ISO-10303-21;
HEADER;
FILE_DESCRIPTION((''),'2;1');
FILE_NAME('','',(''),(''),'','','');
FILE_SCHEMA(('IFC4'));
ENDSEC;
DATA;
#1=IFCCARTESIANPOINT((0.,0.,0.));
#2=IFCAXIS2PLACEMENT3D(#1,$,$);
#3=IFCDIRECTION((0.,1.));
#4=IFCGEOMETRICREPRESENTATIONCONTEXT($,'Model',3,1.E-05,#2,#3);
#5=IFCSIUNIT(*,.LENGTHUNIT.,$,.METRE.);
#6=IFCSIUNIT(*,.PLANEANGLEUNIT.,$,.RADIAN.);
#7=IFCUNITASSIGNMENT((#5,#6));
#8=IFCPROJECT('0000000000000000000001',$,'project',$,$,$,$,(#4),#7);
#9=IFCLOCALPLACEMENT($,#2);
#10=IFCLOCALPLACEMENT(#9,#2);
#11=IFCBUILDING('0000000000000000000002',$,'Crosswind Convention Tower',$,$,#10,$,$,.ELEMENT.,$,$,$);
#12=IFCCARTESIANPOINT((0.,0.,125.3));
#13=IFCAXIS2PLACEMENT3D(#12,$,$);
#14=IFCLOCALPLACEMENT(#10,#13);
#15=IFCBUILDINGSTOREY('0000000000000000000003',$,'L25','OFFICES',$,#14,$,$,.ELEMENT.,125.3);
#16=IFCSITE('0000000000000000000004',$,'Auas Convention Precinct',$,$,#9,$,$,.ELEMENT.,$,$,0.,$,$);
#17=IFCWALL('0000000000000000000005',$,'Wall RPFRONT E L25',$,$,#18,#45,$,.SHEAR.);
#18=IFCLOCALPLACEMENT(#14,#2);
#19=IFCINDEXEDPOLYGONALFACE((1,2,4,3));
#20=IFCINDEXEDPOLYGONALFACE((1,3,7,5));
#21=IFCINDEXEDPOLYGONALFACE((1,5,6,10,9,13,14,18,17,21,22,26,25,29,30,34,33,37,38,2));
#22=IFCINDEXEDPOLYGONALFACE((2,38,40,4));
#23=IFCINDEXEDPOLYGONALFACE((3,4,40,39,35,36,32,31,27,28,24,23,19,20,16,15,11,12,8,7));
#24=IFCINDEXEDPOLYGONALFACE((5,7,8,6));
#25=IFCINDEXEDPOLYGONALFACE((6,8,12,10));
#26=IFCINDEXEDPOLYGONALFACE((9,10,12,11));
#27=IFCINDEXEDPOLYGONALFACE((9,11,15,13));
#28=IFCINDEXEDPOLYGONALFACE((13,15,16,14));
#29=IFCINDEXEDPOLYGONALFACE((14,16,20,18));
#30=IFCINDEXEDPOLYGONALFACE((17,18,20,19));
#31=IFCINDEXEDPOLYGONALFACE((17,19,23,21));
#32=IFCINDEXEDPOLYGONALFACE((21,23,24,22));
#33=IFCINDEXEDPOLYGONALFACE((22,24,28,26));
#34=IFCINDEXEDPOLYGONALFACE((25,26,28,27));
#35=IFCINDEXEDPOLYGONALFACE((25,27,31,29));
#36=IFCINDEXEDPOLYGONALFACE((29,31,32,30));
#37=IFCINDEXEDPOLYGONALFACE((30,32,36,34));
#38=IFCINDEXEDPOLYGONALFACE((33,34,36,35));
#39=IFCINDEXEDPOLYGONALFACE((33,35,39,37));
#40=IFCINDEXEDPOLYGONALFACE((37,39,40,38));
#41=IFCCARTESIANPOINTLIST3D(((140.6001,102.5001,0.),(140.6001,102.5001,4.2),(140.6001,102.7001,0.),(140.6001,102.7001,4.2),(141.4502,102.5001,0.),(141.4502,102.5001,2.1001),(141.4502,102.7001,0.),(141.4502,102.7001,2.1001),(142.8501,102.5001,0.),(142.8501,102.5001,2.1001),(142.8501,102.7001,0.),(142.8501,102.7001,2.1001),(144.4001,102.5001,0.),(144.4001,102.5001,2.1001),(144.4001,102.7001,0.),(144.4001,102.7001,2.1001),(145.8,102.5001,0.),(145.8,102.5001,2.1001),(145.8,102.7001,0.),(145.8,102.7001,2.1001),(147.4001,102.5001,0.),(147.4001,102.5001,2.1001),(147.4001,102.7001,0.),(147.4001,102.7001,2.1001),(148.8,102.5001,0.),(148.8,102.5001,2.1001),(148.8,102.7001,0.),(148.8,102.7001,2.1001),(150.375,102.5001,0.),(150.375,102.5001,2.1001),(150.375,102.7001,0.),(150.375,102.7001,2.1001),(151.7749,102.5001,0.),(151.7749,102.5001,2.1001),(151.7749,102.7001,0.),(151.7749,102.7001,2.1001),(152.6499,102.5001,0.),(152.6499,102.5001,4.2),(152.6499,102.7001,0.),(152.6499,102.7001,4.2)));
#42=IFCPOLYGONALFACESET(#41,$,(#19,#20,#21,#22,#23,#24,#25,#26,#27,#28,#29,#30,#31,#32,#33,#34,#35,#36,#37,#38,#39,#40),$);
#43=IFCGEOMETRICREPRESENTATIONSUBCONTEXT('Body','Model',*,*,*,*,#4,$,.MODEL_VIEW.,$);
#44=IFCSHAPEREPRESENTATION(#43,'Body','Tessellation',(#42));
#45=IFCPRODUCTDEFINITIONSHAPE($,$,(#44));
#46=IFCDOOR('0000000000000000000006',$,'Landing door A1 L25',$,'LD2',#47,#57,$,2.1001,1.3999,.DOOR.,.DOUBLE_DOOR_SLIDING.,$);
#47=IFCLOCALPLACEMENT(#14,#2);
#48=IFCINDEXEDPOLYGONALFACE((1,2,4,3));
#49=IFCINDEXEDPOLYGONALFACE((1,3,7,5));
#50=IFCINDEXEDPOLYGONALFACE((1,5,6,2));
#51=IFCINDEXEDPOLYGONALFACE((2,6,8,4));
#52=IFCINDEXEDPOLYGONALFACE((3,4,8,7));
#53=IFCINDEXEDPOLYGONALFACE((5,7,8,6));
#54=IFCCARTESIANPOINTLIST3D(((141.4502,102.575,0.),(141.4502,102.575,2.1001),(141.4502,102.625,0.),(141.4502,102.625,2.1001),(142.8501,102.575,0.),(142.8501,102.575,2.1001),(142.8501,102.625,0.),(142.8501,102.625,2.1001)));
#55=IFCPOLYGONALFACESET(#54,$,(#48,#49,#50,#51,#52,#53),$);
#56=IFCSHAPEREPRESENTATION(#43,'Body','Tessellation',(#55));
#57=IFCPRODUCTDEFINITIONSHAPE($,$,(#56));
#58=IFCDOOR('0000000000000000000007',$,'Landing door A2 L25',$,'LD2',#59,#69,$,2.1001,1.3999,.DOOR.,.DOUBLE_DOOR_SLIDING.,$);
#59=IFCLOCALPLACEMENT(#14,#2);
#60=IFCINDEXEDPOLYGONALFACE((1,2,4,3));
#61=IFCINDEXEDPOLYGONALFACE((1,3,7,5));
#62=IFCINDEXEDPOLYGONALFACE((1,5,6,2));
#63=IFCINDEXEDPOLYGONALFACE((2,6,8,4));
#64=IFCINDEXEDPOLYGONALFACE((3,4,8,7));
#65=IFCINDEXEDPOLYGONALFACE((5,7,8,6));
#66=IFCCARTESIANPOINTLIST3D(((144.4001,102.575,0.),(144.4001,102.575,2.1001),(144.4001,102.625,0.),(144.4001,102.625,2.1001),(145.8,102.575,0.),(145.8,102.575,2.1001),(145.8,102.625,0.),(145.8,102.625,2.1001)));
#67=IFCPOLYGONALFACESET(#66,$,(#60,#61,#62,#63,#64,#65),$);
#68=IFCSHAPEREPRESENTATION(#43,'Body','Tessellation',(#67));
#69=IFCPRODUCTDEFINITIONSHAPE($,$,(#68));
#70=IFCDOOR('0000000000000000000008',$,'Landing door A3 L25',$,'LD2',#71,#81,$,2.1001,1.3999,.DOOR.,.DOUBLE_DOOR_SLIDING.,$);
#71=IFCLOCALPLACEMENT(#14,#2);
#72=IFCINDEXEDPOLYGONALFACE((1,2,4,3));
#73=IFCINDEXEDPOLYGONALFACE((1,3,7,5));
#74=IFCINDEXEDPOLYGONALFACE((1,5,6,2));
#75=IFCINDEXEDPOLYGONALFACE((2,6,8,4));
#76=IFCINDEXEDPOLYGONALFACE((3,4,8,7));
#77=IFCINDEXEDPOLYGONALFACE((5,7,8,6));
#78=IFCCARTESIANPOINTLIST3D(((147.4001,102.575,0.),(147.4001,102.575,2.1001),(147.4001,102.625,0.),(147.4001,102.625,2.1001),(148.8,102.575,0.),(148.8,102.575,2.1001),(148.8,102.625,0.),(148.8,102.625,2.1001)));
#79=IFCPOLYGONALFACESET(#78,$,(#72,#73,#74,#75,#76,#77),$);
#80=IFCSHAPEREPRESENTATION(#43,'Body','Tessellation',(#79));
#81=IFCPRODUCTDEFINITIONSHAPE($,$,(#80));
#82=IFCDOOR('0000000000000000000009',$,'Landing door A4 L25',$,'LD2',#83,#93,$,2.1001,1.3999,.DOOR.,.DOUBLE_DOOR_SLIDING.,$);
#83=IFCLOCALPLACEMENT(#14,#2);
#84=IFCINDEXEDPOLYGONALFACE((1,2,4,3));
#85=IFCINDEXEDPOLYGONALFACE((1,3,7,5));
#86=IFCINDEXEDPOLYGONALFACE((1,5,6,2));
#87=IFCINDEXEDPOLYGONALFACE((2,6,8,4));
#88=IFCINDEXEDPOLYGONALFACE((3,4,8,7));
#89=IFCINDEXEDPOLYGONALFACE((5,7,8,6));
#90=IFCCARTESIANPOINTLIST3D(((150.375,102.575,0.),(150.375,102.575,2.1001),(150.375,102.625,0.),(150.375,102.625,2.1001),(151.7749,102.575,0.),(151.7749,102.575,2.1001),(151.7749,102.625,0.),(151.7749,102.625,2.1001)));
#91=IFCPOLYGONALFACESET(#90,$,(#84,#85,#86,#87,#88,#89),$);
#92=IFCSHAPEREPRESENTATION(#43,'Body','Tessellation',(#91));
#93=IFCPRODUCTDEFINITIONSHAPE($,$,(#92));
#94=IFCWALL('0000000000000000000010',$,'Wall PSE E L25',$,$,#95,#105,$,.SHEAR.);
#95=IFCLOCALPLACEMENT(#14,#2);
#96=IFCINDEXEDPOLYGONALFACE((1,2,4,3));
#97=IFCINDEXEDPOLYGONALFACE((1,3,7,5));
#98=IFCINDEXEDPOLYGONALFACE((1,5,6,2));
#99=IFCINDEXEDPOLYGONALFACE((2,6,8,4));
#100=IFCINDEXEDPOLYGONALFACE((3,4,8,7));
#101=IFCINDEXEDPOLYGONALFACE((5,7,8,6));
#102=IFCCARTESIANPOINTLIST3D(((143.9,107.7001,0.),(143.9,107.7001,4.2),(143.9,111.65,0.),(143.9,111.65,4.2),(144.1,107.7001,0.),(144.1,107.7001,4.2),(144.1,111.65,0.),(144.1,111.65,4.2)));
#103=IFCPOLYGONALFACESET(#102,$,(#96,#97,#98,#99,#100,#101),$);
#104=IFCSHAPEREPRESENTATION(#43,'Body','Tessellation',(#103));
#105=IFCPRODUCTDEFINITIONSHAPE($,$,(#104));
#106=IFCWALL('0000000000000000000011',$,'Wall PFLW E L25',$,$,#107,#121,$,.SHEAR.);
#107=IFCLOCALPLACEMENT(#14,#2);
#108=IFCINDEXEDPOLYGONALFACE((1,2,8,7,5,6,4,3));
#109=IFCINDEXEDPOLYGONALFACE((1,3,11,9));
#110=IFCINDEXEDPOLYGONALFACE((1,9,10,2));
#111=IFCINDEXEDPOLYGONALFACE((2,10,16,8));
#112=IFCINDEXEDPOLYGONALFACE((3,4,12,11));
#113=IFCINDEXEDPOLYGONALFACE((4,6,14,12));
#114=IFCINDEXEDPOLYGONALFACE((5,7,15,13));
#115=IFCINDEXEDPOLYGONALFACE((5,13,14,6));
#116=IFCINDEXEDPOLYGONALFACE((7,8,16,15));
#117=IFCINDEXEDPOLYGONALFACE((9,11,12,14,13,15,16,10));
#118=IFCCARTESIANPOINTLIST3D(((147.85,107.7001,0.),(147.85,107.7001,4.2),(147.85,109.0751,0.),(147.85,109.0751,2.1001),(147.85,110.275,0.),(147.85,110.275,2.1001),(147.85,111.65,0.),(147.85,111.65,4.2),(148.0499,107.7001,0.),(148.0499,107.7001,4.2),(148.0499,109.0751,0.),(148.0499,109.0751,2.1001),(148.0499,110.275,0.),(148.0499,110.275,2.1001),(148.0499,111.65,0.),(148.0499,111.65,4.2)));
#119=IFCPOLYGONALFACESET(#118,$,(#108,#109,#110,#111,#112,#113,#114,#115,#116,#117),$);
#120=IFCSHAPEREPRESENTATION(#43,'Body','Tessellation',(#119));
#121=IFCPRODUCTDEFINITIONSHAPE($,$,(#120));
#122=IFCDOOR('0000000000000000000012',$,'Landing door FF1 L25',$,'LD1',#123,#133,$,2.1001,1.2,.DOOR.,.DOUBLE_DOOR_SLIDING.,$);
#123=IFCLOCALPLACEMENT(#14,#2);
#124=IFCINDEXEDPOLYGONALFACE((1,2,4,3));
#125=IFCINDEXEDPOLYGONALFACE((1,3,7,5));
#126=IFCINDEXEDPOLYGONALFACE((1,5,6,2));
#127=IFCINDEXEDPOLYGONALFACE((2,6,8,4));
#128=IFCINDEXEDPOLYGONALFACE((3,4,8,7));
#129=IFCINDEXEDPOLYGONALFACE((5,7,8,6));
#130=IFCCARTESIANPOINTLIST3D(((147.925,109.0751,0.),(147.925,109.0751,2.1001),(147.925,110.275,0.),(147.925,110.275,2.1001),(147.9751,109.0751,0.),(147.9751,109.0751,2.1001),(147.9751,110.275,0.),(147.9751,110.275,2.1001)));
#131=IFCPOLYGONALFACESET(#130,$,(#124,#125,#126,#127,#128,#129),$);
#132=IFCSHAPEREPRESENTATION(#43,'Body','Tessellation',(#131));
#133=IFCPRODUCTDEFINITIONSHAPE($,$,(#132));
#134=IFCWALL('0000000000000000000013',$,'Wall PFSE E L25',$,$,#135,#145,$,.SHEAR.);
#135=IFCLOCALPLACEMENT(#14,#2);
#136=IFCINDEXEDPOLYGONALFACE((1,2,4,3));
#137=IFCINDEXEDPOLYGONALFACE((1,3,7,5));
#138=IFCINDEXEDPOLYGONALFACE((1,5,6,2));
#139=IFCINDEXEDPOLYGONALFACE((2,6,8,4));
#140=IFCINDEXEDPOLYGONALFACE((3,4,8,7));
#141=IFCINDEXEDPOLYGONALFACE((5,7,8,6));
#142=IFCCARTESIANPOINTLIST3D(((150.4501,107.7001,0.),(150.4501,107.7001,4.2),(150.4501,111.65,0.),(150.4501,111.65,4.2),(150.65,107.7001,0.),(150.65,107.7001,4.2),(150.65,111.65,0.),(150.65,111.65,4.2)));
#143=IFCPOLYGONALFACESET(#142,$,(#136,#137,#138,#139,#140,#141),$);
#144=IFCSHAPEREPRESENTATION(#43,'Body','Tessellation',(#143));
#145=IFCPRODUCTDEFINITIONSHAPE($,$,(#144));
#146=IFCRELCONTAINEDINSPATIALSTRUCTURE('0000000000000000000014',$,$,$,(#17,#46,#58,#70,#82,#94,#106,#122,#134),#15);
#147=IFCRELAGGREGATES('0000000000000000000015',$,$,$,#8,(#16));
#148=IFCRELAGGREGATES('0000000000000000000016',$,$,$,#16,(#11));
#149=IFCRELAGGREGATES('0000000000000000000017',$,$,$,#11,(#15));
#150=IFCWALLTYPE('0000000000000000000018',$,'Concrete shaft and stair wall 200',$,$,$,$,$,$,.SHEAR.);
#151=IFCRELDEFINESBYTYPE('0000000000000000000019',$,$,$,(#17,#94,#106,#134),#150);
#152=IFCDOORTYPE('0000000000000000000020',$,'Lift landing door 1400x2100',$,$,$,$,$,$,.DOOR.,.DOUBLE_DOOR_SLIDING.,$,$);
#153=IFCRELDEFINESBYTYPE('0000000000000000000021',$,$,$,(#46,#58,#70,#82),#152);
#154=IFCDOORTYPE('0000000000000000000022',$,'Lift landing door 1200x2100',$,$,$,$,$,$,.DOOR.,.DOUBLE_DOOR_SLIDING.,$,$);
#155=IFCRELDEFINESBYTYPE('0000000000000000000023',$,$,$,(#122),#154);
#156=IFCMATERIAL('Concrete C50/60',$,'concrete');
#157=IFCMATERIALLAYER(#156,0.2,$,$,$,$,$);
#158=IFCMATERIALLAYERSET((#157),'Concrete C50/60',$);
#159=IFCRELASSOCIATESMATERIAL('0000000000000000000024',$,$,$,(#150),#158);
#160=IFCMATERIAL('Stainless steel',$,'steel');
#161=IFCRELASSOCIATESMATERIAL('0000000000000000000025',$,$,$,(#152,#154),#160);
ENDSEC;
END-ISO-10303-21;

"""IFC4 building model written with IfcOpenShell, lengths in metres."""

from ifc_helpers import new_model, si_unit, direction, frame, frame_2d, origin, place, context, subcontext, project, spatial, rectangle, extrude, material, layer, layer_set, type_object, element, fill, save


model = new_model("IFC4")

# Units and contexts
model_context = context("Model", 3, precision=1e-05, world=origin(), true_north=direction((0.0, 1.0)))
body_context = subcontext(model_context, "Body", "Model", "MODEL_VIEW")
ifc_project = project(units=[si_unit("LENGTHUNIT", "METRE"), si_unit("PLANEANGLEUNIT", "RADIAN")], contexts=[model_context])

# Site, building, storey
site_placement = place(None, origin())
site = spatial("IfcSite", under=ifc_project, at=site_placement, Name="Auas Convention Precinct", CompositionType="ELEMENT", RefElevation=0.0)
building_placement = place(site_placement, origin())
building = spatial("IfcBuilding", under=site, at=building_placement, Name="Crosswind Convention Tower", CompositionType="ELEMENT")
storey_placement = place(building_placement, frame((0.0, 0.0, 125.3)))
storey = spatial("IfcBuildingStorey", under=building, at=storey_placement, Name="L25", Description="OFFICES", CompositionType="ELEMENT", Elevation=125.3)

# Shared definitions
ifc_material_1 = material(Name="Concrete C50/60", Category="concrete")
ifc_layer_1 = layer(ifc_material_1, 0.2)
ifc_layer_set_1 = layer_set([ifc_layer_1], Name="Concrete C50/60")
wall_type_1 = type_object("IfcWallType", Name="Concrete shaft and stair wall 200", PredefinedType="SHEAR", material=ifc_layer_set_1)

# Wall, openings, doors
wall_1_placement = place(storey_placement, frame((140.6001, 102.6001, 0.0), z_axis=(0.0, 0.0, 1.0), x_axis=(1.0, 0.0, 0.0)))
wall_1 = element("IfcWall", 1, at=wall_1_placement, inside=storey, type_object=wall_type_1, Name="Wall RPFRONT E L25", PredefinedType="SHEAR", context=body_context, shape_type="SweptSolid", body=[
    extrude(rectangle(XDim=12.0498, YDim=0.2, at=frame_2d((6.0249, 0.0))), origin(), (0.0, 0.0, 1.0), 4.2),
])
opening_1_placement = place(wall_1_placement, frame((0.8501, 0.0, 0.0)))
opening_1 = element("IfcOpeningElement", 2, at=opening_1_placement, cuts=wall_1, PredefinedType="OPENING", context=body_context, shape_type="SweptSolid", body=[
    extrude(rectangle(XDim=1.3999, YDim=2.1001, at=frame_2d((0.7, 1.05))), frame((0.0, 0.1099, 0.0), z_axis=(0.0, -1.0, 0.0), x_axis=(1.0, 0.0, 0.0)), (0.0, 0.0, 1.0), 0.22),
])
opening_2_placement = place(wall_1_placement, frame((3.8, 0.0, 0.0)))
opening_2 = element("IfcOpeningElement", 3, at=opening_2_placement, cuts=wall_1, PredefinedType="OPENING", context=body_context, shape_type="SweptSolid", body=[
    extrude(rectangle(XDim=1.3999, YDim=2.1001, at=frame_2d((0.7, 1.05))), frame((0.0, 0.1099, 0.0), z_axis=(0.0, -1.0, 0.0), x_axis=(1.0, 0.0, 0.0)), (0.0, 0.0, 1.0), 0.22),
])
opening_3_placement = place(wall_1_placement, frame((6.8, 0.0, 0.0)))
opening_3 = element("IfcOpeningElement", 4, at=opening_3_placement, cuts=wall_1, PredefinedType="OPENING", context=body_context, shape_type="SweptSolid", body=[
    extrude(rectangle(XDim=1.3999, YDim=2.1001, at=frame_2d((0.7, 1.05))), frame((0.0, 0.1099, 0.0), z_axis=(0.0, -1.0, 0.0), x_axis=(1.0, 0.0, 0.0)), (0.0, 0.0, 1.0), 0.22),
])
opening_4_placement = place(wall_1_placement, frame((9.7749, 0.0, 0.0)))
opening_4 = element("IfcOpeningElement", 5, at=opening_4_placement, cuts=wall_1, PredefinedType="OPENING", context=body_context, shape_type="SweptSolid", body=[
    extrude(rectangle(XDim=1.3999, YDim=2.1001, at=frame_2d((0.7, 1.05))), frame((0.0, 0.1099, 0.0), z_axis=(0.0, -1.0, 0.0), x_axis=(1.0, 0.0, 0.0)), (0.0, 0.0, 1.0), 0.22),
])
ifc_material_2 = material(Name="Stainless steel", Category="steel")
door_type_1 = type_object("IfcDoorType", Name="Lift landing door 1400x2100", OperationType="DOUBLE_DOOR_SLIDING", PredefinedType="DOOR", material=ifc_material_2)
door_1_placement = place(opening_1_placement, origin())
door_1 = element("IfcDoor", 6, at=door_1_placement, inside=storey, type_object=door_type_1, Name="Landing door A1 L25", ObjectType="LD2", OperationType="DOUBLE_DOOR_SLIDING", OverallHeight=2.1001, OverallWidth=1.3999, PredefinedType="DOOR", context=body_context, shape_type="SweptSolid", body=[
    extrude(rectangle(XDim=1.3999, YDim=2.1001, at=frame_2d((0.7, 1.05))), frame((0.0, 0.0249, 0.0), z_axis=(0.0, -1.0, 0.0), x_axis=(1.0, 0.0, 0.0)), (0.0, 0.0, 1.0), 0.05),
])
fill(opening_1, door_1)
door_2_placement = place(opening_2_placement, origin())
door_2 = element("IfcDoor", 7, at=door_2_placement, inside=storey, type_object=door_type_1, Name="Landing door A2 L25", ObjectType="LD2", OperationType="DOUBLE_DOOR_SLIDING", OverallHeight=2.1001, OverallWidth=1.3999, PredefinedType="DOOR", context=body_context, shape_type="SweptSolid", body=[
    extrude(rectangle(XDim=1.3999, YDim=2.1001, at=frame_2d((0.7, 1.05))), frame((0.0, 0.0249, 0.0), z_axis=(0.0, -1.0, 0.0), x_axis=(1.0, 0.0, 0.0)), (0.0, 0.0, 1.0), 0.05),
])
fill(opening_2, door_2)
door_3_placement = place(opening_3_placement, origin())
door_3 = element("IfcDoor", 8, at=door_3_placement, inside=storey, type_object=door_type_1, Name="Landing door A3 L25", ObjectType="LD2", OperationType="DOUBLE_DOOR_SLIDING", OverallHeight=2.1001, OverallWidth=1.3999, PredefinedType="DOOR", context=body_context, shape_type="SweptSolid", body=[
    extrude(rectangle(XDim=1.3999, YDim=2.1001, at=frame_2d((0.7, 1.05))), frame((0.0, 0.0249, 0.0), z_axis=(0.0, -1.0, 0.0), x_axis=(1.0, 0.0, 0.0)), (0.0, 0.0, 1.0), 0.05),
])
fill(opening_3, door_3)
door_4_placement = place(opening_4_placement, origin())
door_4 = element("IfcDoor", 9, at=door_4_placement, inside=storey, type_object=door_type_1, Name="Landing door A4 L25", ObjectType="LD2", OperationType="DOUBLE_DOOR_SLIDING", OverallHeight=2.1001, OverallWidth=1.3999, PredefinedType="DOOR", context=body_context, shape_type="SweptSolid", body=[
    extrude(rectangle(XDim=1.3999, YDim=2.1001, at=frame_2d((0.7, 1.05))), frame((0.0, 0.0249, 0.0), z_axis=(0.0, -1.0, 0.0), x_axis=(1.0, 0.0, 0.0)), (0.0, 0.0, 1.0), 0.05),
])
fill(opening_4, door_4)

# Wall
wall_2_placement = place(storey_placement, frame((144.0, 107.7, 0.0), z_axis=(0.0, 0.0, 1.0), x_axis=(0.0, 1.0, 0.0)))
element("IfcWall", 10, at=wall_2_placement, inside=storey, type_object=wall_type_1, Name="Wall PSE E L25", PredefinedType="SHEAR", context=body_context, shape_type="SweptSolid", body=[
    extrude(rectangle(XDim=3.95, YDim=0.2, at=frame_2d((1.9751, 0.0))), origin(), (0.0, 0.0, 1.0), 4.2),
])

# Wall, opening, door
wall_3_placement = place(storey_placement, frame((147.95, 107.7, 0.0), z_axis=(0.0, 0.0, 1.0), x_axis=(0.0, 1.0, 0.0)))
wall_3 = element("IfcWall", 11, at=wall_3_placement, inside=storey, type_object=wall_type_1, Name="Wall PFLW E L25", PredefinedType="SHEAR", context=body_context, shape_type="SweptSolid", body=[
    extrude(rectangle(XDim=3.95, YDim=0.2, at=frame_2d((1.9751, 0.0))), origin(), (0.0, 0.0, 1.0), 4.2),
])
opening_5_placement = place(wall_3_placement, frame((1.375, 0.0, 0.0)))
opening_5 = element("IfcOpeningElement", 12, at=opening_5_placement, cuts=wall_3, PredefinedType="OPENING", context=body_context, shape_type="SweptSolid", body=[
    extrude(rectangle(XDim=1.2, YDim=2.1001, at=frame_2d((0.6001, 1.05))), frame((0.0, 0.1099, 0.0), z_axis=(0.0, -1.0, 0.0), x_axis=(1.0, 0.0, 0.0)), (0.0, 0.0, 1.0), 0.22),
])
door_type_2 = type_object("IfcDoorType", Name="Lift landing door 1200x2100", OperationType="DOUBLE_DOOR_SLIDING", PredefinedType="DOOR", material=ifc_material_2)
door_5_placement = place(opening_5_placement, origin())
door_5 = element("IfcDoor", 13, at=door_5_placement, inside=storey, type_object=door_type_2, Name="Landing door FF1 L25", ObjectType="LD1", OperationType="DOUBLE_DOOR_SLIDING", OverallHeight=2.1001, OverallWidth=1.2, PredefinedType="DOOR", context=body_context, shape_type="SweptSolid", body=[
    extrude(rectangle(XDim=1.2, YDim=2.1001, at=frame_2d((0.6001, 1.05))), frame((0.0, 0.0249, 0.0), z_axis=(0.0, -1.0, 0.0), x_axis=(1.0, 0.0, 0.0)), (0.0, 0.0, 1.0), 0.05),
])
fill(opening_5, door_5)

# Wall
wall_4_placement = place(storey_placement, frame((150.55, 107.7, 0.0), z_axis=(0.0, 0.0, 1.0), x_axis=(0.0, 1.0, 0.0)))
element("IfcWall", 14, at=wall_4_placement, inside=storey, type_object=wall_type_1, Name="Wall PFSE E L25", PredefinedType="SHEAR", context=body_context, shape_type="SweptSolid", body=[
    extrude(rectangle(XDim=3.95, YDim=0.2, at=frame_2d((1.9751, 0.0))), origin(), (0.0, 0.0, 1.0), 4.2),
])

save(model, "model.ifc")
